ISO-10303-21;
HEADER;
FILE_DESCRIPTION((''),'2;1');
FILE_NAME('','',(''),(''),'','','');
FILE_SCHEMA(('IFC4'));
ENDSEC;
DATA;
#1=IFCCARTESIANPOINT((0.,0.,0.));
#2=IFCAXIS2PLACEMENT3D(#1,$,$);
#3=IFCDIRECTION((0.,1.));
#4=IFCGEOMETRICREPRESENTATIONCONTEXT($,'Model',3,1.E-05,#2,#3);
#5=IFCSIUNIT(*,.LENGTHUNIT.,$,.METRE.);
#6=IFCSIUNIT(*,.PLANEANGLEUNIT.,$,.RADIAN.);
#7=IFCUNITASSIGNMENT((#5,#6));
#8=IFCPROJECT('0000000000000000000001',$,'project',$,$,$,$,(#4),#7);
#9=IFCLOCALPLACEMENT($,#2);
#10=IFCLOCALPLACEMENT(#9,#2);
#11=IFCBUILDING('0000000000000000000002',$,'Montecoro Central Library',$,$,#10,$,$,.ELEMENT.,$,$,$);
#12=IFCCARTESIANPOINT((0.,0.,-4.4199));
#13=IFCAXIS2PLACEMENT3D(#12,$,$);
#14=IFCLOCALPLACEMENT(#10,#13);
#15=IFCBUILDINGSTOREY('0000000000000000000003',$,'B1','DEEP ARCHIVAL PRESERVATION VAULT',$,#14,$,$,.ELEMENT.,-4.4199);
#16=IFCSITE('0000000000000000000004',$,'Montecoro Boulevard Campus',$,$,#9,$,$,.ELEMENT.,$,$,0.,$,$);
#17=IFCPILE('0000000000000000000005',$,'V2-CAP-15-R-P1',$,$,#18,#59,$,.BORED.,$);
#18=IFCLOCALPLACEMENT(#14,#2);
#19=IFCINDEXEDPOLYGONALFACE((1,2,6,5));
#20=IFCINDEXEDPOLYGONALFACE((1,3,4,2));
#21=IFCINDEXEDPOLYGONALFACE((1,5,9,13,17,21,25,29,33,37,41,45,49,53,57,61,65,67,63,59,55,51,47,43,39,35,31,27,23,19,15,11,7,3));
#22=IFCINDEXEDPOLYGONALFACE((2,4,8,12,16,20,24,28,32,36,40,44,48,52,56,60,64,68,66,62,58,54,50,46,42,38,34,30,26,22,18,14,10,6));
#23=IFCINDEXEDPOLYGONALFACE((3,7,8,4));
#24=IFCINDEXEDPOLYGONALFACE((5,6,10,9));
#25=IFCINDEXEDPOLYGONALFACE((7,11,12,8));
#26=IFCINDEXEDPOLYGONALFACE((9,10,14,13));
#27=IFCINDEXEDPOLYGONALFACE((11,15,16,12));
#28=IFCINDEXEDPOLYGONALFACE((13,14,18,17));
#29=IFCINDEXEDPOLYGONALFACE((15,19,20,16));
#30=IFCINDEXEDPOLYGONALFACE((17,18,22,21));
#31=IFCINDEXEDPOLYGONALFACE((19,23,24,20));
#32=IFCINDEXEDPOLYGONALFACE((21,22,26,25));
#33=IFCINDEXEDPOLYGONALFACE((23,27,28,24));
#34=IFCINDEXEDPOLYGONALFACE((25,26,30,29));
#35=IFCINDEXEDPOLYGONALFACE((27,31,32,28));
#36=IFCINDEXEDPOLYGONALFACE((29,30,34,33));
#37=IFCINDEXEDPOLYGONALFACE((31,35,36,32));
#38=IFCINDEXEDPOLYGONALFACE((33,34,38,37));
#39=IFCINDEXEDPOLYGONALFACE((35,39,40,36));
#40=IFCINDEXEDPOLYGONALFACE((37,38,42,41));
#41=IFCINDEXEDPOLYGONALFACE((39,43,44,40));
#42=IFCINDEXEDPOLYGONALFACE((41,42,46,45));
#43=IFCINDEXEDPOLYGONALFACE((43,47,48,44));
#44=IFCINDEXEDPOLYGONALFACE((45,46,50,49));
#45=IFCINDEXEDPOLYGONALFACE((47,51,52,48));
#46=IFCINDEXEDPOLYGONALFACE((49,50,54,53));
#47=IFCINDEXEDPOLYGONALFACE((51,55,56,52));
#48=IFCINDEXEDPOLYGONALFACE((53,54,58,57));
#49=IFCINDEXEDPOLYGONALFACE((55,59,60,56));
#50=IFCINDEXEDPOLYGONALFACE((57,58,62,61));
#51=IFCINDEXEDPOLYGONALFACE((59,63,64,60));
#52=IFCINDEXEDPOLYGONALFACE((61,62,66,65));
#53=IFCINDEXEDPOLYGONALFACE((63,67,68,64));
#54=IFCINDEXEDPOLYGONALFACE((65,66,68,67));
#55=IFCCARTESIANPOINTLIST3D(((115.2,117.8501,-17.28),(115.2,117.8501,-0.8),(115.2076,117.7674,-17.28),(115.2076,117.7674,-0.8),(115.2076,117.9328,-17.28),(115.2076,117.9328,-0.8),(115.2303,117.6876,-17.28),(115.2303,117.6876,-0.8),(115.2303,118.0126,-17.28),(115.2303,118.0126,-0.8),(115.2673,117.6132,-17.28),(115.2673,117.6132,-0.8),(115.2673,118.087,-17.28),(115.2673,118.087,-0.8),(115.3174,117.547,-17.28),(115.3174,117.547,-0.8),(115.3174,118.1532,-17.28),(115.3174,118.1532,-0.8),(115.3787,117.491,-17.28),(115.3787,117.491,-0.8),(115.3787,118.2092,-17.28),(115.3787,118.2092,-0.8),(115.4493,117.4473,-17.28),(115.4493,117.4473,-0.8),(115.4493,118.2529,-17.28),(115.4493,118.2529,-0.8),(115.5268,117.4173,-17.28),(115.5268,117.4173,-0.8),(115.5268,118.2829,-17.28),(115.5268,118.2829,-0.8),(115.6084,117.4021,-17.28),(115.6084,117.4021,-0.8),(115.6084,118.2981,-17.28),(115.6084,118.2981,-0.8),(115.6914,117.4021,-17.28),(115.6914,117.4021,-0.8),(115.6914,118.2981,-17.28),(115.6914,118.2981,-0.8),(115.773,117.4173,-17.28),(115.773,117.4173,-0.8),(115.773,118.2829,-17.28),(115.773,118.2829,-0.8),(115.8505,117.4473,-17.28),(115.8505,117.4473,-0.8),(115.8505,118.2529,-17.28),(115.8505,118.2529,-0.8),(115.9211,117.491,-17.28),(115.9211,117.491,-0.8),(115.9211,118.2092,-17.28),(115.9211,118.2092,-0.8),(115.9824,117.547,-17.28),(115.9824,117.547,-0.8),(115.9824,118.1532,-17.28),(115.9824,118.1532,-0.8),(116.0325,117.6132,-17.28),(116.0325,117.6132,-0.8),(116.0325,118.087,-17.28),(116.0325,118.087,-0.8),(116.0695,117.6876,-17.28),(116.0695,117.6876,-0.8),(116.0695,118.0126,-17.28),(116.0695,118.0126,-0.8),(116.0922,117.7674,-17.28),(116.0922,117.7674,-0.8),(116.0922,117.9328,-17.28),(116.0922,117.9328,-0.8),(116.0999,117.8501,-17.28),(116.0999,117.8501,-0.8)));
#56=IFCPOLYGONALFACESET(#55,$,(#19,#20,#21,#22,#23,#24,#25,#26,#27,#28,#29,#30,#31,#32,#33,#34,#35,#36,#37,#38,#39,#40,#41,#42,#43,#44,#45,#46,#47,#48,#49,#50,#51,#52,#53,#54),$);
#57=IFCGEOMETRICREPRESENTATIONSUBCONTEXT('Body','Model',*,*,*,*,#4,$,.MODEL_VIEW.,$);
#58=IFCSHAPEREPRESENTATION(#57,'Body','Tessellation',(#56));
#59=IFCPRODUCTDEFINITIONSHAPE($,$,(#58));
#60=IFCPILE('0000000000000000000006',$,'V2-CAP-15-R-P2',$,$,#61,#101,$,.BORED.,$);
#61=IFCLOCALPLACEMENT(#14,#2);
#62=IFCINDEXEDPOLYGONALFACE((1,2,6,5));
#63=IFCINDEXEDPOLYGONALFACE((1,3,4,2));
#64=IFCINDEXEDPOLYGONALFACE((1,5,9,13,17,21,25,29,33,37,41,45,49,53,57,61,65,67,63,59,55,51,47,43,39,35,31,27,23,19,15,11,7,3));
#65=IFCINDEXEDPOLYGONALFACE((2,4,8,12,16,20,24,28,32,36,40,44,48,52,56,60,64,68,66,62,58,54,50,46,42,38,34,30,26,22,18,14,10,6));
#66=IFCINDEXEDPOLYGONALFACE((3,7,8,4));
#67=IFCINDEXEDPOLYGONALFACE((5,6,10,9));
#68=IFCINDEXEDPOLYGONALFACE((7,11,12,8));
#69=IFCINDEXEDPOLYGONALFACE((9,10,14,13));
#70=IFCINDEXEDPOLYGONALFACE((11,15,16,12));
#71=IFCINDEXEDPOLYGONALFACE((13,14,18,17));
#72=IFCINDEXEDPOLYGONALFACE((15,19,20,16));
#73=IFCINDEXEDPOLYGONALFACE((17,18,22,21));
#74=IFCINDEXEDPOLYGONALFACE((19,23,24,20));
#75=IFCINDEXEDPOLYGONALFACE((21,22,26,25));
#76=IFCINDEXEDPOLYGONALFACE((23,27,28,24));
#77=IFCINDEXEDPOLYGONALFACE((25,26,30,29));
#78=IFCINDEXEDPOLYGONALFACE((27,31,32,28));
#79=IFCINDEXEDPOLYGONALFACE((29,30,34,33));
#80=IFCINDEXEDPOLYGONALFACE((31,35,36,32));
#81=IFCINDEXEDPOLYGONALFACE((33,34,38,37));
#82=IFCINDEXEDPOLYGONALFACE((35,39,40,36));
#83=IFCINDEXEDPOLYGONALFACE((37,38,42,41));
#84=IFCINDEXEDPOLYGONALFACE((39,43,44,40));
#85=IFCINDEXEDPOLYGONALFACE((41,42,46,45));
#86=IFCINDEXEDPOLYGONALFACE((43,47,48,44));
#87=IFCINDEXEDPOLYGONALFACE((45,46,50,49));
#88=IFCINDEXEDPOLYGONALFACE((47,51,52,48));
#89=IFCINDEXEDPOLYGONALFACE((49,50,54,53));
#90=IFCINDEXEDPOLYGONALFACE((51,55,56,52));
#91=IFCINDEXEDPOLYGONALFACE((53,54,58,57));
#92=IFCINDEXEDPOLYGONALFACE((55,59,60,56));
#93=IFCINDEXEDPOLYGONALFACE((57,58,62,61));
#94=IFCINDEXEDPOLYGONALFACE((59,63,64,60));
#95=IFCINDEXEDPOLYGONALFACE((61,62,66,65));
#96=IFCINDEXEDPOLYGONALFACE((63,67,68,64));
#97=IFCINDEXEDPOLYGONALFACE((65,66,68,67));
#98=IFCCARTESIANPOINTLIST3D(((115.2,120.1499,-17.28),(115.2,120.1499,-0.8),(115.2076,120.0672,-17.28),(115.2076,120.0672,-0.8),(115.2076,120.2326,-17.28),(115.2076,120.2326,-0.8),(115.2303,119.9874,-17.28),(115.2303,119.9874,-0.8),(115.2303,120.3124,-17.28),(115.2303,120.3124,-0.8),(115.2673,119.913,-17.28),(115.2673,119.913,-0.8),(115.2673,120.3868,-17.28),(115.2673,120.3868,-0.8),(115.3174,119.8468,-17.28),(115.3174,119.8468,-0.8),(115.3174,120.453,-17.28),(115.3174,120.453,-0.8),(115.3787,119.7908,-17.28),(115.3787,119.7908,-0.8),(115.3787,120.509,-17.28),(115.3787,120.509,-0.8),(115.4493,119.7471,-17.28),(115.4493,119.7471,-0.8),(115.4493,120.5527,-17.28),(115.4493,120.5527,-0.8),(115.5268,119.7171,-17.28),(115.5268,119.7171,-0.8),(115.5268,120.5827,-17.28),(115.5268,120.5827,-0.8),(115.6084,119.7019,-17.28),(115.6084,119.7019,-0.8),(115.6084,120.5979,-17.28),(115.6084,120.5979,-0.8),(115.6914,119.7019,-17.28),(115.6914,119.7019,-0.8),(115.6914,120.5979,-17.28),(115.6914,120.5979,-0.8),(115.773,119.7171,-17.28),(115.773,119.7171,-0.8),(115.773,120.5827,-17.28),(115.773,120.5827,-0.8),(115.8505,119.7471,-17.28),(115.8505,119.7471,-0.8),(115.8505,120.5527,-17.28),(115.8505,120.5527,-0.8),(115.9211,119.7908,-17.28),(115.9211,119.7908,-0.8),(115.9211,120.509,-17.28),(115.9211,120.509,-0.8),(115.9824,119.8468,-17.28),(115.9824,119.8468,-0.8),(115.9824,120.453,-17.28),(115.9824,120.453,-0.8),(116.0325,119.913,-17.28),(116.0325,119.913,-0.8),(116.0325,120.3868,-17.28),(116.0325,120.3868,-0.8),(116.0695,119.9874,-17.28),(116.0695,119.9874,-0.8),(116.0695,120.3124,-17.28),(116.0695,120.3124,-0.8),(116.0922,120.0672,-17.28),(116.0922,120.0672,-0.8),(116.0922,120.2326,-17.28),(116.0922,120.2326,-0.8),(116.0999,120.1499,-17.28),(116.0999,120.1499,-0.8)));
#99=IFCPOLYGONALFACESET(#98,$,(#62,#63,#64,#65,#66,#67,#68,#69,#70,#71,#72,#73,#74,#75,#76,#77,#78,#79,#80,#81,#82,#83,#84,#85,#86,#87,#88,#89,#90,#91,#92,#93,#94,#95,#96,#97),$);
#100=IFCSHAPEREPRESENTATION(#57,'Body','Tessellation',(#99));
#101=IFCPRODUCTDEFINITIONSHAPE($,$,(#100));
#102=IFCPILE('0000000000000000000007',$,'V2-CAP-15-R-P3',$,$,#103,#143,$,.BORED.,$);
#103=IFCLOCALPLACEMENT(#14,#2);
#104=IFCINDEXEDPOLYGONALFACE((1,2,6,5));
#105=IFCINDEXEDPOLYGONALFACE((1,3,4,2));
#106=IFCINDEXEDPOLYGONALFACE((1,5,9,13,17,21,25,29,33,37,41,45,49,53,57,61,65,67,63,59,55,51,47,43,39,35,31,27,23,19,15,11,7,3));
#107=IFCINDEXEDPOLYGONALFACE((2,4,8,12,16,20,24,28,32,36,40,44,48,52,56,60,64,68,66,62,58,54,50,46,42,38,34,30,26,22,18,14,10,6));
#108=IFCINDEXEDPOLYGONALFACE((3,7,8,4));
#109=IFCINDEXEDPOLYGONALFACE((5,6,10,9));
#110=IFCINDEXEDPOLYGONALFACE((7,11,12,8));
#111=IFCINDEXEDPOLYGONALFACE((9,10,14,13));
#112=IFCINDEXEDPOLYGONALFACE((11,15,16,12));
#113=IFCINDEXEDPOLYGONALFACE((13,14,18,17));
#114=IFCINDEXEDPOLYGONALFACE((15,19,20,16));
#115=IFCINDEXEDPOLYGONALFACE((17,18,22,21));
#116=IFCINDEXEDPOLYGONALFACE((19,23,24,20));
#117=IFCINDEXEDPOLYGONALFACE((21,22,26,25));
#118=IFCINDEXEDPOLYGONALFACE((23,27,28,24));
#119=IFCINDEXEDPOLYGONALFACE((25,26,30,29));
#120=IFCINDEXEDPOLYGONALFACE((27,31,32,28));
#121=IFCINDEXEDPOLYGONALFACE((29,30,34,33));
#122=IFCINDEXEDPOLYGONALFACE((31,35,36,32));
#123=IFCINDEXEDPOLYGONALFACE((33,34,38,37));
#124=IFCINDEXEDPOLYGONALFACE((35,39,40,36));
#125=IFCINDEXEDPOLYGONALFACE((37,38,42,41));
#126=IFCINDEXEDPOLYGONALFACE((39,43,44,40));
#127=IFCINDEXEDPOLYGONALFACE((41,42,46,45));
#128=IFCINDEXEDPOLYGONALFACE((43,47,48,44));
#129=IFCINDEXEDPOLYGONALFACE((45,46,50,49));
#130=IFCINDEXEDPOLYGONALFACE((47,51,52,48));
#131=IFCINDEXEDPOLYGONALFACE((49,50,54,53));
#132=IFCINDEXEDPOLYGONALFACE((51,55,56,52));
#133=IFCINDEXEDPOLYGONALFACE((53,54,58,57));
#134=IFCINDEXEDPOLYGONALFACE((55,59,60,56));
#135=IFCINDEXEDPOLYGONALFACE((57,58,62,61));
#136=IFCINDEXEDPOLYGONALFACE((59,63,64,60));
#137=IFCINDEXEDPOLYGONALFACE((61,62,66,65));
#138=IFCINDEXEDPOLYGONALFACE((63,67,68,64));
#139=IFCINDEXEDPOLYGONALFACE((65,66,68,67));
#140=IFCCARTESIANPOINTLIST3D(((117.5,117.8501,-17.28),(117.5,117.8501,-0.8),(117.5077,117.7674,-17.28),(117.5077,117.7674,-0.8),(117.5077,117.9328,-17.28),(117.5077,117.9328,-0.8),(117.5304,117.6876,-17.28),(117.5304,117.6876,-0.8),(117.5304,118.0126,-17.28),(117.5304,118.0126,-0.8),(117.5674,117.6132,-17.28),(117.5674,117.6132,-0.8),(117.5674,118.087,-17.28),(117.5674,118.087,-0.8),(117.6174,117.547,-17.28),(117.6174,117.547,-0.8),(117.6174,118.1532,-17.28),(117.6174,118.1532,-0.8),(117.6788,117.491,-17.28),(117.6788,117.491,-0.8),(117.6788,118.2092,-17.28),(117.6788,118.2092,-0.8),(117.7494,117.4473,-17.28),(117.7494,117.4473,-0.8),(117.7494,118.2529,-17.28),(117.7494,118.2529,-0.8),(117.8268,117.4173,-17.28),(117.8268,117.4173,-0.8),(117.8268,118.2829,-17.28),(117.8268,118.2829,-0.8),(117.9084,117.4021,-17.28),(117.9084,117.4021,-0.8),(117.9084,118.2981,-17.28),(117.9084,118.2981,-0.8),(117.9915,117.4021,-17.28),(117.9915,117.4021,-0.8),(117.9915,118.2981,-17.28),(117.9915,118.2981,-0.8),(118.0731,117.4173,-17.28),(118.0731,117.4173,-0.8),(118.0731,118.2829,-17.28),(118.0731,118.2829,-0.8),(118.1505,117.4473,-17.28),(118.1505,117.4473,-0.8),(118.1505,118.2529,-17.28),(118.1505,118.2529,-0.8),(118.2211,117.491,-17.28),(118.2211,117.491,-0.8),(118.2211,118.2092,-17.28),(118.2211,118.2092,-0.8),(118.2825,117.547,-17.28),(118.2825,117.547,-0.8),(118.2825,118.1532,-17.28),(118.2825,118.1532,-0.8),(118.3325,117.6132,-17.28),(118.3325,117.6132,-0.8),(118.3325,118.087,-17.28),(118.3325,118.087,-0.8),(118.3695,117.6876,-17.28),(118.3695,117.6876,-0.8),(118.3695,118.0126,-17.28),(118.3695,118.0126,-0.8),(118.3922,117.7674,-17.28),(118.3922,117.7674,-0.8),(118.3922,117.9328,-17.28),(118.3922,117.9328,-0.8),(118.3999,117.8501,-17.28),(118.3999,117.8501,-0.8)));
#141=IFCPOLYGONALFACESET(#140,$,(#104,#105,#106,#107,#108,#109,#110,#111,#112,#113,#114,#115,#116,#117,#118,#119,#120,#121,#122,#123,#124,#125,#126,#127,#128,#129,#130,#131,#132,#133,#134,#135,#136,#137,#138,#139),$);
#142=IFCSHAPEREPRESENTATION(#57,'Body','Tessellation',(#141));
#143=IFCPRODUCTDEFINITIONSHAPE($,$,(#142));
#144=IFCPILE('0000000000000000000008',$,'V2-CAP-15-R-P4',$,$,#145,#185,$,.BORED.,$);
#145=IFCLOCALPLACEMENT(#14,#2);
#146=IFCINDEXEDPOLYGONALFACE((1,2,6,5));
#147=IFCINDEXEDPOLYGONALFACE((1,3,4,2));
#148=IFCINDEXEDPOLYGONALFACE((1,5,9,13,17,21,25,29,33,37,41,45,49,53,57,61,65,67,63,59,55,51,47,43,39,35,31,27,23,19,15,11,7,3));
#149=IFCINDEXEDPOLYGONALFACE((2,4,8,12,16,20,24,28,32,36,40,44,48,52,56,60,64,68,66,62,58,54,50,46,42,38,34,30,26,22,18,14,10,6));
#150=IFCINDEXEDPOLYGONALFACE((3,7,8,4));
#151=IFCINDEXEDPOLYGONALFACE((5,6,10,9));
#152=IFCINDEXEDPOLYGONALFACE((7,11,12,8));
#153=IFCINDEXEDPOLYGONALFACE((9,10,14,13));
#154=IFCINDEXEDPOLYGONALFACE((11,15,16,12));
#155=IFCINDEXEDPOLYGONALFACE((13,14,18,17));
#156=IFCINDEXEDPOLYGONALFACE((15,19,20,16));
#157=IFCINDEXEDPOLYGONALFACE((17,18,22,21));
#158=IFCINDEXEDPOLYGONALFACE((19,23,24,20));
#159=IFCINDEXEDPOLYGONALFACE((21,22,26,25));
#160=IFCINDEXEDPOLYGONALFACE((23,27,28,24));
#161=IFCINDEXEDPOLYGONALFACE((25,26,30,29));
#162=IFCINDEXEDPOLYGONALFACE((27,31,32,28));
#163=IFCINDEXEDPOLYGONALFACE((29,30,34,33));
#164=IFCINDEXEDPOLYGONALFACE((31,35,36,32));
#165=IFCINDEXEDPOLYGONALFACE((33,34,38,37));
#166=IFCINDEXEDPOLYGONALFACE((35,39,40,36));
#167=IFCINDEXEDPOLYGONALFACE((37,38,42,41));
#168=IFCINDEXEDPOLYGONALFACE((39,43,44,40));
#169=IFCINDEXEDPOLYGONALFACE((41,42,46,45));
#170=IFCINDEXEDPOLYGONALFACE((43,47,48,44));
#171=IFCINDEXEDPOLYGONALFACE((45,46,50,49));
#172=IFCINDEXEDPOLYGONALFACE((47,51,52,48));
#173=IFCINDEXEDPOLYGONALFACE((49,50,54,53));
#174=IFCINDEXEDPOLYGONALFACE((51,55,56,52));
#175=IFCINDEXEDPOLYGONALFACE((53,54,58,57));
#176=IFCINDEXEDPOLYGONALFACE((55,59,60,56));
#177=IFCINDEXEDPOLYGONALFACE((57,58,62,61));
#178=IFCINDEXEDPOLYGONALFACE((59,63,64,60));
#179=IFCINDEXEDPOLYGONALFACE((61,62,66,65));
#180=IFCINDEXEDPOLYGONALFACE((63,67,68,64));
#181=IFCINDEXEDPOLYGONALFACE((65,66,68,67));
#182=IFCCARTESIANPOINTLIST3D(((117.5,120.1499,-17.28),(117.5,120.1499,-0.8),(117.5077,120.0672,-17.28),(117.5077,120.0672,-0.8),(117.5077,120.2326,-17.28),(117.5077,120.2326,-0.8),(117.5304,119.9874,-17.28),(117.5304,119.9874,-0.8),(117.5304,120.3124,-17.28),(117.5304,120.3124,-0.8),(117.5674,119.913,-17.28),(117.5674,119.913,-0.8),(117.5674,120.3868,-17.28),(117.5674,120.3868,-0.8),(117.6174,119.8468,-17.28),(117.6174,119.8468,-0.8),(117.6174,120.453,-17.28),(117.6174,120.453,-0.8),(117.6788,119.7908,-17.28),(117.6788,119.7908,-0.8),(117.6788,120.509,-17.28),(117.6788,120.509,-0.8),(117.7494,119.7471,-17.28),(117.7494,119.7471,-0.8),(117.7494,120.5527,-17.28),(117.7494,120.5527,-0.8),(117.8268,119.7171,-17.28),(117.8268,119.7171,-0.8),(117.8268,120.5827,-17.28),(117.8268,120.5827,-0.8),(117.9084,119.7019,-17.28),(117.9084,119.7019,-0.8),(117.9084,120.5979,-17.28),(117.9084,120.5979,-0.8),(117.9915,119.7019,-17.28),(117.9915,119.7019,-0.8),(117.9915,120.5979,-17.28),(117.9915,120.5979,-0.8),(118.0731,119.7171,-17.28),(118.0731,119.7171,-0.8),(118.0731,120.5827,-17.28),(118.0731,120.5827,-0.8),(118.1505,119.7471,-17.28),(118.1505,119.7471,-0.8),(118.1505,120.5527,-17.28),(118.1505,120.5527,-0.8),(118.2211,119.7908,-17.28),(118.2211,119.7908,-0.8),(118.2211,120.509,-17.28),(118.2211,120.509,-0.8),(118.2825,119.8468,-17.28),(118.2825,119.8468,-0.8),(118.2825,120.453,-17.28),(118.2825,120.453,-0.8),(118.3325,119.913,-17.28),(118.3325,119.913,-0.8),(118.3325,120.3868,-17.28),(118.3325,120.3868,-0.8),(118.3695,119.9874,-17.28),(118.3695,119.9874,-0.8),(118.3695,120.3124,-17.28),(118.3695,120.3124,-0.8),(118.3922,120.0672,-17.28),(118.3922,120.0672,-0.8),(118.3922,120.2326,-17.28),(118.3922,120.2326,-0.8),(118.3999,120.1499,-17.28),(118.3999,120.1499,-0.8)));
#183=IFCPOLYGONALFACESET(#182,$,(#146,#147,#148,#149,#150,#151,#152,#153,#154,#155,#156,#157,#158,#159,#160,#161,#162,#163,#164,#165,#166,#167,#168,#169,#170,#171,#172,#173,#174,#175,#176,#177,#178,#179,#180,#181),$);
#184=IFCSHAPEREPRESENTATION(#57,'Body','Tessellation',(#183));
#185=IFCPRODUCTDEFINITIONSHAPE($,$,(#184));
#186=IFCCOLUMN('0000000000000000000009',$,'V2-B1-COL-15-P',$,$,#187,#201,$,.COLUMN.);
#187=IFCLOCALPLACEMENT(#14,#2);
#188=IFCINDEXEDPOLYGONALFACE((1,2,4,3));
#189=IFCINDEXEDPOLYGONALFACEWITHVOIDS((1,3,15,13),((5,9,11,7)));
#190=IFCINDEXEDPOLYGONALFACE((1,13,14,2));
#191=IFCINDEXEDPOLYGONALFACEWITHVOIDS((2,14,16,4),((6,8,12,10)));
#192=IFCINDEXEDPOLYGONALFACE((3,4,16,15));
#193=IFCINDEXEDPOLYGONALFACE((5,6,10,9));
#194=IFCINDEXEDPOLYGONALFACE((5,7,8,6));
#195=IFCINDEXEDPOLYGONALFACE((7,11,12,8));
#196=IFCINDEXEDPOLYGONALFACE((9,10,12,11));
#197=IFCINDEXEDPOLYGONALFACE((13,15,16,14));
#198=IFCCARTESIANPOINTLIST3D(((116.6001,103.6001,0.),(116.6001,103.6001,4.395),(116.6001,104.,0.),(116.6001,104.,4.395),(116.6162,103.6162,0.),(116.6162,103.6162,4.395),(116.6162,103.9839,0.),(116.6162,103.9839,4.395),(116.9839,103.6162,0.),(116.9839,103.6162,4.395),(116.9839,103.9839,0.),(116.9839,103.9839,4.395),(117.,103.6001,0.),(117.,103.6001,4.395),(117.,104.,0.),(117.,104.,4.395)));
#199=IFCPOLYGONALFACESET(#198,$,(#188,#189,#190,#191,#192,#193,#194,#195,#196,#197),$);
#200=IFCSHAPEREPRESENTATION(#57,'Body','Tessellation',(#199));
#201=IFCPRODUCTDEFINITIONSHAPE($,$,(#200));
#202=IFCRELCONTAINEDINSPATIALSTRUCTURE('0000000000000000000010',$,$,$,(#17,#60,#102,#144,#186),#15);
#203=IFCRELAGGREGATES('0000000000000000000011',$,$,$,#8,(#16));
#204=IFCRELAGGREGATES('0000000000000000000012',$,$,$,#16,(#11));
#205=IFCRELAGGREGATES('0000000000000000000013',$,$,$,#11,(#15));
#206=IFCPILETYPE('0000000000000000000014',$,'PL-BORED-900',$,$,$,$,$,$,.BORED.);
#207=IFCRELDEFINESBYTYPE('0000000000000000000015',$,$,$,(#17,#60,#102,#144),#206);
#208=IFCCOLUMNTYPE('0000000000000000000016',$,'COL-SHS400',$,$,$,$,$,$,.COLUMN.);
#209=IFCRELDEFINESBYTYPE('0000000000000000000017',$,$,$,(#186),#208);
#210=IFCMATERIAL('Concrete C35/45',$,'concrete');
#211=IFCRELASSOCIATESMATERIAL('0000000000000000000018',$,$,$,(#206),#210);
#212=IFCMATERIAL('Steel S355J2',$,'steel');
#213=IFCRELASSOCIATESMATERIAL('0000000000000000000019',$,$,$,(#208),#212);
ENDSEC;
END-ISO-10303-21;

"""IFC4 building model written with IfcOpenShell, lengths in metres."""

from ifc_helpers import new_model, si_unit, direction, frame, origin, origin_2d, place, context, subcontext, project, spatial, hollow_rectangle, circle, extrude, material, material_profile, profile_set, type_object, element, save


model = new_model("IFC4")

# Units and contexts
model_context = context("Model", 3, precision=1e-05, world=origin(), true_north=direction((0.0, 1.0)))
body_context = subcontext(model_context, "Body", "Model", "MODEL_VIEW")
ifc_project = project(units=[si_unit("LENGTHUNIT", "METRE"), si_unit("PLANEANGLEUNIT", "RADIAN")], contexts=[model_context])

# Site, building, storey
site_placement = place(None, origin())
site = spatial("IfcSite", under=ifc_project, at=site_placement, Name="Montecoro Boulevard Campus", CompositionType="ELEMENT", RefElevation=0.0)
building_placement = place(site_placement, origin())
building = spatial("IfcBuilding", under=site, at=building_placement, Name="Montecoro Central Library", CompositionType="ELEMENT")
storey_placement = place(building_placement, frame((0.0, 0.0, -4.4199)))
storey = spatial("IfcBuildingStorey", under=building, at=storey_placement, Name="B1", Description="DEEP ARCHIVAL PRESERVATION VAULT", CompositionType="ELEMENT", Elevation=-4.4199)

# Shared definitions
ifc_material_1 = material(Name="Concrete C35/45", Category="concrete")

# Piles
ifc_material_profile_1 = material_profile(ifc_material_1, circle(Radius=0.45, at=origin_2d()), Name="PILE D900")
ifc_profile_set_1 = profile_set([ifc_material_profile_1], Name="Concrete C35/45")
pile_type_1 = type_object("IfcPileType", Name="PL-BORED-900", PredefinedType="BORED", material=ifc_profile_set_1)
for number, where, z_axis, x_axis, name in (
    (1, (115.6499, 117.8501, -0.8), (0.0, 0.0, -1.0), (1.0, 0.0, 0.0), "V2-CAP-15-R-P1"),
    (2, (115.6499, 120.1499, -0.8), (0.0, 0.0, -1.0), (1.0, 0.0, 0.0), "V2-CAP-15-R-P2"),
    (3, (117.95, 117.8501, -0.8), (0.0, 0.0, -1.0), (1.0, 0.0, 0.0), "V2-CAP-15-R-P3"),
    (4, (117.95, 120.1499, -0.8), (0.0, 0.0, -1.0), (1.0, 0.0, 0.0), "V2-CAP-15-R-P4"),
):
    element("IfcPile", number, at=place(storey_placement, frame(where, z_axis=z_axis, x_axis=x_axis)), inside=storey, type_object=pile_type_1, Name=name, PredefinedType="BORED", context=body_context, shape_type="SweptSolid", body=[
        extrude(circle(Radius=0.45, at=origin_2d()), origin(), (0.0, 0.0, 1.0), 16.48),
    ])

# Column
ifc_material_2 = material(Name="Steel S355J2", Category="steel")
ifc_material_profile_2 = material_profile(ifc_material_2, hollow_rectangle(XDim=0.3999, YDim=0.3999, WallThickness=0.0161, at=origin_2d()), Name="SHS 400x400x16.0")
ifc_profile_set_2 = profile_set([ifc_material_profile_2], Name="Steel S355J2")
column_type = type_object("IfcColumnType", Name="COL-SHS400", PredefinedType="COLUMN", material=ifc_profile_set_2)
for number, where, z_axis, x_axis, name in (
    (5, (116.8, 103.8, 0.0), (0.0, 0.0, 1.0), (1.0, 0.0, 0.0), "V2-B1-COL-15-P"),
):
    element("IfcColumn", number, at=place(storey_placement, frame(where, z_axis=z_axis, x_axis=x_axis)), inside=storey, type_object=column_type, Name=name, PredefinedType="COLUMN", context=body_context, shape_type="SweptSolid", body=[
        extrude(hollow_rectangle(XDim=0.3999, YDim=0.3999, WallThickness=0.0161, at=origin_2d()), origin(), (0.0, 0.0, 1.0), 4.395),
    ])

save(model, "model.ifc")
